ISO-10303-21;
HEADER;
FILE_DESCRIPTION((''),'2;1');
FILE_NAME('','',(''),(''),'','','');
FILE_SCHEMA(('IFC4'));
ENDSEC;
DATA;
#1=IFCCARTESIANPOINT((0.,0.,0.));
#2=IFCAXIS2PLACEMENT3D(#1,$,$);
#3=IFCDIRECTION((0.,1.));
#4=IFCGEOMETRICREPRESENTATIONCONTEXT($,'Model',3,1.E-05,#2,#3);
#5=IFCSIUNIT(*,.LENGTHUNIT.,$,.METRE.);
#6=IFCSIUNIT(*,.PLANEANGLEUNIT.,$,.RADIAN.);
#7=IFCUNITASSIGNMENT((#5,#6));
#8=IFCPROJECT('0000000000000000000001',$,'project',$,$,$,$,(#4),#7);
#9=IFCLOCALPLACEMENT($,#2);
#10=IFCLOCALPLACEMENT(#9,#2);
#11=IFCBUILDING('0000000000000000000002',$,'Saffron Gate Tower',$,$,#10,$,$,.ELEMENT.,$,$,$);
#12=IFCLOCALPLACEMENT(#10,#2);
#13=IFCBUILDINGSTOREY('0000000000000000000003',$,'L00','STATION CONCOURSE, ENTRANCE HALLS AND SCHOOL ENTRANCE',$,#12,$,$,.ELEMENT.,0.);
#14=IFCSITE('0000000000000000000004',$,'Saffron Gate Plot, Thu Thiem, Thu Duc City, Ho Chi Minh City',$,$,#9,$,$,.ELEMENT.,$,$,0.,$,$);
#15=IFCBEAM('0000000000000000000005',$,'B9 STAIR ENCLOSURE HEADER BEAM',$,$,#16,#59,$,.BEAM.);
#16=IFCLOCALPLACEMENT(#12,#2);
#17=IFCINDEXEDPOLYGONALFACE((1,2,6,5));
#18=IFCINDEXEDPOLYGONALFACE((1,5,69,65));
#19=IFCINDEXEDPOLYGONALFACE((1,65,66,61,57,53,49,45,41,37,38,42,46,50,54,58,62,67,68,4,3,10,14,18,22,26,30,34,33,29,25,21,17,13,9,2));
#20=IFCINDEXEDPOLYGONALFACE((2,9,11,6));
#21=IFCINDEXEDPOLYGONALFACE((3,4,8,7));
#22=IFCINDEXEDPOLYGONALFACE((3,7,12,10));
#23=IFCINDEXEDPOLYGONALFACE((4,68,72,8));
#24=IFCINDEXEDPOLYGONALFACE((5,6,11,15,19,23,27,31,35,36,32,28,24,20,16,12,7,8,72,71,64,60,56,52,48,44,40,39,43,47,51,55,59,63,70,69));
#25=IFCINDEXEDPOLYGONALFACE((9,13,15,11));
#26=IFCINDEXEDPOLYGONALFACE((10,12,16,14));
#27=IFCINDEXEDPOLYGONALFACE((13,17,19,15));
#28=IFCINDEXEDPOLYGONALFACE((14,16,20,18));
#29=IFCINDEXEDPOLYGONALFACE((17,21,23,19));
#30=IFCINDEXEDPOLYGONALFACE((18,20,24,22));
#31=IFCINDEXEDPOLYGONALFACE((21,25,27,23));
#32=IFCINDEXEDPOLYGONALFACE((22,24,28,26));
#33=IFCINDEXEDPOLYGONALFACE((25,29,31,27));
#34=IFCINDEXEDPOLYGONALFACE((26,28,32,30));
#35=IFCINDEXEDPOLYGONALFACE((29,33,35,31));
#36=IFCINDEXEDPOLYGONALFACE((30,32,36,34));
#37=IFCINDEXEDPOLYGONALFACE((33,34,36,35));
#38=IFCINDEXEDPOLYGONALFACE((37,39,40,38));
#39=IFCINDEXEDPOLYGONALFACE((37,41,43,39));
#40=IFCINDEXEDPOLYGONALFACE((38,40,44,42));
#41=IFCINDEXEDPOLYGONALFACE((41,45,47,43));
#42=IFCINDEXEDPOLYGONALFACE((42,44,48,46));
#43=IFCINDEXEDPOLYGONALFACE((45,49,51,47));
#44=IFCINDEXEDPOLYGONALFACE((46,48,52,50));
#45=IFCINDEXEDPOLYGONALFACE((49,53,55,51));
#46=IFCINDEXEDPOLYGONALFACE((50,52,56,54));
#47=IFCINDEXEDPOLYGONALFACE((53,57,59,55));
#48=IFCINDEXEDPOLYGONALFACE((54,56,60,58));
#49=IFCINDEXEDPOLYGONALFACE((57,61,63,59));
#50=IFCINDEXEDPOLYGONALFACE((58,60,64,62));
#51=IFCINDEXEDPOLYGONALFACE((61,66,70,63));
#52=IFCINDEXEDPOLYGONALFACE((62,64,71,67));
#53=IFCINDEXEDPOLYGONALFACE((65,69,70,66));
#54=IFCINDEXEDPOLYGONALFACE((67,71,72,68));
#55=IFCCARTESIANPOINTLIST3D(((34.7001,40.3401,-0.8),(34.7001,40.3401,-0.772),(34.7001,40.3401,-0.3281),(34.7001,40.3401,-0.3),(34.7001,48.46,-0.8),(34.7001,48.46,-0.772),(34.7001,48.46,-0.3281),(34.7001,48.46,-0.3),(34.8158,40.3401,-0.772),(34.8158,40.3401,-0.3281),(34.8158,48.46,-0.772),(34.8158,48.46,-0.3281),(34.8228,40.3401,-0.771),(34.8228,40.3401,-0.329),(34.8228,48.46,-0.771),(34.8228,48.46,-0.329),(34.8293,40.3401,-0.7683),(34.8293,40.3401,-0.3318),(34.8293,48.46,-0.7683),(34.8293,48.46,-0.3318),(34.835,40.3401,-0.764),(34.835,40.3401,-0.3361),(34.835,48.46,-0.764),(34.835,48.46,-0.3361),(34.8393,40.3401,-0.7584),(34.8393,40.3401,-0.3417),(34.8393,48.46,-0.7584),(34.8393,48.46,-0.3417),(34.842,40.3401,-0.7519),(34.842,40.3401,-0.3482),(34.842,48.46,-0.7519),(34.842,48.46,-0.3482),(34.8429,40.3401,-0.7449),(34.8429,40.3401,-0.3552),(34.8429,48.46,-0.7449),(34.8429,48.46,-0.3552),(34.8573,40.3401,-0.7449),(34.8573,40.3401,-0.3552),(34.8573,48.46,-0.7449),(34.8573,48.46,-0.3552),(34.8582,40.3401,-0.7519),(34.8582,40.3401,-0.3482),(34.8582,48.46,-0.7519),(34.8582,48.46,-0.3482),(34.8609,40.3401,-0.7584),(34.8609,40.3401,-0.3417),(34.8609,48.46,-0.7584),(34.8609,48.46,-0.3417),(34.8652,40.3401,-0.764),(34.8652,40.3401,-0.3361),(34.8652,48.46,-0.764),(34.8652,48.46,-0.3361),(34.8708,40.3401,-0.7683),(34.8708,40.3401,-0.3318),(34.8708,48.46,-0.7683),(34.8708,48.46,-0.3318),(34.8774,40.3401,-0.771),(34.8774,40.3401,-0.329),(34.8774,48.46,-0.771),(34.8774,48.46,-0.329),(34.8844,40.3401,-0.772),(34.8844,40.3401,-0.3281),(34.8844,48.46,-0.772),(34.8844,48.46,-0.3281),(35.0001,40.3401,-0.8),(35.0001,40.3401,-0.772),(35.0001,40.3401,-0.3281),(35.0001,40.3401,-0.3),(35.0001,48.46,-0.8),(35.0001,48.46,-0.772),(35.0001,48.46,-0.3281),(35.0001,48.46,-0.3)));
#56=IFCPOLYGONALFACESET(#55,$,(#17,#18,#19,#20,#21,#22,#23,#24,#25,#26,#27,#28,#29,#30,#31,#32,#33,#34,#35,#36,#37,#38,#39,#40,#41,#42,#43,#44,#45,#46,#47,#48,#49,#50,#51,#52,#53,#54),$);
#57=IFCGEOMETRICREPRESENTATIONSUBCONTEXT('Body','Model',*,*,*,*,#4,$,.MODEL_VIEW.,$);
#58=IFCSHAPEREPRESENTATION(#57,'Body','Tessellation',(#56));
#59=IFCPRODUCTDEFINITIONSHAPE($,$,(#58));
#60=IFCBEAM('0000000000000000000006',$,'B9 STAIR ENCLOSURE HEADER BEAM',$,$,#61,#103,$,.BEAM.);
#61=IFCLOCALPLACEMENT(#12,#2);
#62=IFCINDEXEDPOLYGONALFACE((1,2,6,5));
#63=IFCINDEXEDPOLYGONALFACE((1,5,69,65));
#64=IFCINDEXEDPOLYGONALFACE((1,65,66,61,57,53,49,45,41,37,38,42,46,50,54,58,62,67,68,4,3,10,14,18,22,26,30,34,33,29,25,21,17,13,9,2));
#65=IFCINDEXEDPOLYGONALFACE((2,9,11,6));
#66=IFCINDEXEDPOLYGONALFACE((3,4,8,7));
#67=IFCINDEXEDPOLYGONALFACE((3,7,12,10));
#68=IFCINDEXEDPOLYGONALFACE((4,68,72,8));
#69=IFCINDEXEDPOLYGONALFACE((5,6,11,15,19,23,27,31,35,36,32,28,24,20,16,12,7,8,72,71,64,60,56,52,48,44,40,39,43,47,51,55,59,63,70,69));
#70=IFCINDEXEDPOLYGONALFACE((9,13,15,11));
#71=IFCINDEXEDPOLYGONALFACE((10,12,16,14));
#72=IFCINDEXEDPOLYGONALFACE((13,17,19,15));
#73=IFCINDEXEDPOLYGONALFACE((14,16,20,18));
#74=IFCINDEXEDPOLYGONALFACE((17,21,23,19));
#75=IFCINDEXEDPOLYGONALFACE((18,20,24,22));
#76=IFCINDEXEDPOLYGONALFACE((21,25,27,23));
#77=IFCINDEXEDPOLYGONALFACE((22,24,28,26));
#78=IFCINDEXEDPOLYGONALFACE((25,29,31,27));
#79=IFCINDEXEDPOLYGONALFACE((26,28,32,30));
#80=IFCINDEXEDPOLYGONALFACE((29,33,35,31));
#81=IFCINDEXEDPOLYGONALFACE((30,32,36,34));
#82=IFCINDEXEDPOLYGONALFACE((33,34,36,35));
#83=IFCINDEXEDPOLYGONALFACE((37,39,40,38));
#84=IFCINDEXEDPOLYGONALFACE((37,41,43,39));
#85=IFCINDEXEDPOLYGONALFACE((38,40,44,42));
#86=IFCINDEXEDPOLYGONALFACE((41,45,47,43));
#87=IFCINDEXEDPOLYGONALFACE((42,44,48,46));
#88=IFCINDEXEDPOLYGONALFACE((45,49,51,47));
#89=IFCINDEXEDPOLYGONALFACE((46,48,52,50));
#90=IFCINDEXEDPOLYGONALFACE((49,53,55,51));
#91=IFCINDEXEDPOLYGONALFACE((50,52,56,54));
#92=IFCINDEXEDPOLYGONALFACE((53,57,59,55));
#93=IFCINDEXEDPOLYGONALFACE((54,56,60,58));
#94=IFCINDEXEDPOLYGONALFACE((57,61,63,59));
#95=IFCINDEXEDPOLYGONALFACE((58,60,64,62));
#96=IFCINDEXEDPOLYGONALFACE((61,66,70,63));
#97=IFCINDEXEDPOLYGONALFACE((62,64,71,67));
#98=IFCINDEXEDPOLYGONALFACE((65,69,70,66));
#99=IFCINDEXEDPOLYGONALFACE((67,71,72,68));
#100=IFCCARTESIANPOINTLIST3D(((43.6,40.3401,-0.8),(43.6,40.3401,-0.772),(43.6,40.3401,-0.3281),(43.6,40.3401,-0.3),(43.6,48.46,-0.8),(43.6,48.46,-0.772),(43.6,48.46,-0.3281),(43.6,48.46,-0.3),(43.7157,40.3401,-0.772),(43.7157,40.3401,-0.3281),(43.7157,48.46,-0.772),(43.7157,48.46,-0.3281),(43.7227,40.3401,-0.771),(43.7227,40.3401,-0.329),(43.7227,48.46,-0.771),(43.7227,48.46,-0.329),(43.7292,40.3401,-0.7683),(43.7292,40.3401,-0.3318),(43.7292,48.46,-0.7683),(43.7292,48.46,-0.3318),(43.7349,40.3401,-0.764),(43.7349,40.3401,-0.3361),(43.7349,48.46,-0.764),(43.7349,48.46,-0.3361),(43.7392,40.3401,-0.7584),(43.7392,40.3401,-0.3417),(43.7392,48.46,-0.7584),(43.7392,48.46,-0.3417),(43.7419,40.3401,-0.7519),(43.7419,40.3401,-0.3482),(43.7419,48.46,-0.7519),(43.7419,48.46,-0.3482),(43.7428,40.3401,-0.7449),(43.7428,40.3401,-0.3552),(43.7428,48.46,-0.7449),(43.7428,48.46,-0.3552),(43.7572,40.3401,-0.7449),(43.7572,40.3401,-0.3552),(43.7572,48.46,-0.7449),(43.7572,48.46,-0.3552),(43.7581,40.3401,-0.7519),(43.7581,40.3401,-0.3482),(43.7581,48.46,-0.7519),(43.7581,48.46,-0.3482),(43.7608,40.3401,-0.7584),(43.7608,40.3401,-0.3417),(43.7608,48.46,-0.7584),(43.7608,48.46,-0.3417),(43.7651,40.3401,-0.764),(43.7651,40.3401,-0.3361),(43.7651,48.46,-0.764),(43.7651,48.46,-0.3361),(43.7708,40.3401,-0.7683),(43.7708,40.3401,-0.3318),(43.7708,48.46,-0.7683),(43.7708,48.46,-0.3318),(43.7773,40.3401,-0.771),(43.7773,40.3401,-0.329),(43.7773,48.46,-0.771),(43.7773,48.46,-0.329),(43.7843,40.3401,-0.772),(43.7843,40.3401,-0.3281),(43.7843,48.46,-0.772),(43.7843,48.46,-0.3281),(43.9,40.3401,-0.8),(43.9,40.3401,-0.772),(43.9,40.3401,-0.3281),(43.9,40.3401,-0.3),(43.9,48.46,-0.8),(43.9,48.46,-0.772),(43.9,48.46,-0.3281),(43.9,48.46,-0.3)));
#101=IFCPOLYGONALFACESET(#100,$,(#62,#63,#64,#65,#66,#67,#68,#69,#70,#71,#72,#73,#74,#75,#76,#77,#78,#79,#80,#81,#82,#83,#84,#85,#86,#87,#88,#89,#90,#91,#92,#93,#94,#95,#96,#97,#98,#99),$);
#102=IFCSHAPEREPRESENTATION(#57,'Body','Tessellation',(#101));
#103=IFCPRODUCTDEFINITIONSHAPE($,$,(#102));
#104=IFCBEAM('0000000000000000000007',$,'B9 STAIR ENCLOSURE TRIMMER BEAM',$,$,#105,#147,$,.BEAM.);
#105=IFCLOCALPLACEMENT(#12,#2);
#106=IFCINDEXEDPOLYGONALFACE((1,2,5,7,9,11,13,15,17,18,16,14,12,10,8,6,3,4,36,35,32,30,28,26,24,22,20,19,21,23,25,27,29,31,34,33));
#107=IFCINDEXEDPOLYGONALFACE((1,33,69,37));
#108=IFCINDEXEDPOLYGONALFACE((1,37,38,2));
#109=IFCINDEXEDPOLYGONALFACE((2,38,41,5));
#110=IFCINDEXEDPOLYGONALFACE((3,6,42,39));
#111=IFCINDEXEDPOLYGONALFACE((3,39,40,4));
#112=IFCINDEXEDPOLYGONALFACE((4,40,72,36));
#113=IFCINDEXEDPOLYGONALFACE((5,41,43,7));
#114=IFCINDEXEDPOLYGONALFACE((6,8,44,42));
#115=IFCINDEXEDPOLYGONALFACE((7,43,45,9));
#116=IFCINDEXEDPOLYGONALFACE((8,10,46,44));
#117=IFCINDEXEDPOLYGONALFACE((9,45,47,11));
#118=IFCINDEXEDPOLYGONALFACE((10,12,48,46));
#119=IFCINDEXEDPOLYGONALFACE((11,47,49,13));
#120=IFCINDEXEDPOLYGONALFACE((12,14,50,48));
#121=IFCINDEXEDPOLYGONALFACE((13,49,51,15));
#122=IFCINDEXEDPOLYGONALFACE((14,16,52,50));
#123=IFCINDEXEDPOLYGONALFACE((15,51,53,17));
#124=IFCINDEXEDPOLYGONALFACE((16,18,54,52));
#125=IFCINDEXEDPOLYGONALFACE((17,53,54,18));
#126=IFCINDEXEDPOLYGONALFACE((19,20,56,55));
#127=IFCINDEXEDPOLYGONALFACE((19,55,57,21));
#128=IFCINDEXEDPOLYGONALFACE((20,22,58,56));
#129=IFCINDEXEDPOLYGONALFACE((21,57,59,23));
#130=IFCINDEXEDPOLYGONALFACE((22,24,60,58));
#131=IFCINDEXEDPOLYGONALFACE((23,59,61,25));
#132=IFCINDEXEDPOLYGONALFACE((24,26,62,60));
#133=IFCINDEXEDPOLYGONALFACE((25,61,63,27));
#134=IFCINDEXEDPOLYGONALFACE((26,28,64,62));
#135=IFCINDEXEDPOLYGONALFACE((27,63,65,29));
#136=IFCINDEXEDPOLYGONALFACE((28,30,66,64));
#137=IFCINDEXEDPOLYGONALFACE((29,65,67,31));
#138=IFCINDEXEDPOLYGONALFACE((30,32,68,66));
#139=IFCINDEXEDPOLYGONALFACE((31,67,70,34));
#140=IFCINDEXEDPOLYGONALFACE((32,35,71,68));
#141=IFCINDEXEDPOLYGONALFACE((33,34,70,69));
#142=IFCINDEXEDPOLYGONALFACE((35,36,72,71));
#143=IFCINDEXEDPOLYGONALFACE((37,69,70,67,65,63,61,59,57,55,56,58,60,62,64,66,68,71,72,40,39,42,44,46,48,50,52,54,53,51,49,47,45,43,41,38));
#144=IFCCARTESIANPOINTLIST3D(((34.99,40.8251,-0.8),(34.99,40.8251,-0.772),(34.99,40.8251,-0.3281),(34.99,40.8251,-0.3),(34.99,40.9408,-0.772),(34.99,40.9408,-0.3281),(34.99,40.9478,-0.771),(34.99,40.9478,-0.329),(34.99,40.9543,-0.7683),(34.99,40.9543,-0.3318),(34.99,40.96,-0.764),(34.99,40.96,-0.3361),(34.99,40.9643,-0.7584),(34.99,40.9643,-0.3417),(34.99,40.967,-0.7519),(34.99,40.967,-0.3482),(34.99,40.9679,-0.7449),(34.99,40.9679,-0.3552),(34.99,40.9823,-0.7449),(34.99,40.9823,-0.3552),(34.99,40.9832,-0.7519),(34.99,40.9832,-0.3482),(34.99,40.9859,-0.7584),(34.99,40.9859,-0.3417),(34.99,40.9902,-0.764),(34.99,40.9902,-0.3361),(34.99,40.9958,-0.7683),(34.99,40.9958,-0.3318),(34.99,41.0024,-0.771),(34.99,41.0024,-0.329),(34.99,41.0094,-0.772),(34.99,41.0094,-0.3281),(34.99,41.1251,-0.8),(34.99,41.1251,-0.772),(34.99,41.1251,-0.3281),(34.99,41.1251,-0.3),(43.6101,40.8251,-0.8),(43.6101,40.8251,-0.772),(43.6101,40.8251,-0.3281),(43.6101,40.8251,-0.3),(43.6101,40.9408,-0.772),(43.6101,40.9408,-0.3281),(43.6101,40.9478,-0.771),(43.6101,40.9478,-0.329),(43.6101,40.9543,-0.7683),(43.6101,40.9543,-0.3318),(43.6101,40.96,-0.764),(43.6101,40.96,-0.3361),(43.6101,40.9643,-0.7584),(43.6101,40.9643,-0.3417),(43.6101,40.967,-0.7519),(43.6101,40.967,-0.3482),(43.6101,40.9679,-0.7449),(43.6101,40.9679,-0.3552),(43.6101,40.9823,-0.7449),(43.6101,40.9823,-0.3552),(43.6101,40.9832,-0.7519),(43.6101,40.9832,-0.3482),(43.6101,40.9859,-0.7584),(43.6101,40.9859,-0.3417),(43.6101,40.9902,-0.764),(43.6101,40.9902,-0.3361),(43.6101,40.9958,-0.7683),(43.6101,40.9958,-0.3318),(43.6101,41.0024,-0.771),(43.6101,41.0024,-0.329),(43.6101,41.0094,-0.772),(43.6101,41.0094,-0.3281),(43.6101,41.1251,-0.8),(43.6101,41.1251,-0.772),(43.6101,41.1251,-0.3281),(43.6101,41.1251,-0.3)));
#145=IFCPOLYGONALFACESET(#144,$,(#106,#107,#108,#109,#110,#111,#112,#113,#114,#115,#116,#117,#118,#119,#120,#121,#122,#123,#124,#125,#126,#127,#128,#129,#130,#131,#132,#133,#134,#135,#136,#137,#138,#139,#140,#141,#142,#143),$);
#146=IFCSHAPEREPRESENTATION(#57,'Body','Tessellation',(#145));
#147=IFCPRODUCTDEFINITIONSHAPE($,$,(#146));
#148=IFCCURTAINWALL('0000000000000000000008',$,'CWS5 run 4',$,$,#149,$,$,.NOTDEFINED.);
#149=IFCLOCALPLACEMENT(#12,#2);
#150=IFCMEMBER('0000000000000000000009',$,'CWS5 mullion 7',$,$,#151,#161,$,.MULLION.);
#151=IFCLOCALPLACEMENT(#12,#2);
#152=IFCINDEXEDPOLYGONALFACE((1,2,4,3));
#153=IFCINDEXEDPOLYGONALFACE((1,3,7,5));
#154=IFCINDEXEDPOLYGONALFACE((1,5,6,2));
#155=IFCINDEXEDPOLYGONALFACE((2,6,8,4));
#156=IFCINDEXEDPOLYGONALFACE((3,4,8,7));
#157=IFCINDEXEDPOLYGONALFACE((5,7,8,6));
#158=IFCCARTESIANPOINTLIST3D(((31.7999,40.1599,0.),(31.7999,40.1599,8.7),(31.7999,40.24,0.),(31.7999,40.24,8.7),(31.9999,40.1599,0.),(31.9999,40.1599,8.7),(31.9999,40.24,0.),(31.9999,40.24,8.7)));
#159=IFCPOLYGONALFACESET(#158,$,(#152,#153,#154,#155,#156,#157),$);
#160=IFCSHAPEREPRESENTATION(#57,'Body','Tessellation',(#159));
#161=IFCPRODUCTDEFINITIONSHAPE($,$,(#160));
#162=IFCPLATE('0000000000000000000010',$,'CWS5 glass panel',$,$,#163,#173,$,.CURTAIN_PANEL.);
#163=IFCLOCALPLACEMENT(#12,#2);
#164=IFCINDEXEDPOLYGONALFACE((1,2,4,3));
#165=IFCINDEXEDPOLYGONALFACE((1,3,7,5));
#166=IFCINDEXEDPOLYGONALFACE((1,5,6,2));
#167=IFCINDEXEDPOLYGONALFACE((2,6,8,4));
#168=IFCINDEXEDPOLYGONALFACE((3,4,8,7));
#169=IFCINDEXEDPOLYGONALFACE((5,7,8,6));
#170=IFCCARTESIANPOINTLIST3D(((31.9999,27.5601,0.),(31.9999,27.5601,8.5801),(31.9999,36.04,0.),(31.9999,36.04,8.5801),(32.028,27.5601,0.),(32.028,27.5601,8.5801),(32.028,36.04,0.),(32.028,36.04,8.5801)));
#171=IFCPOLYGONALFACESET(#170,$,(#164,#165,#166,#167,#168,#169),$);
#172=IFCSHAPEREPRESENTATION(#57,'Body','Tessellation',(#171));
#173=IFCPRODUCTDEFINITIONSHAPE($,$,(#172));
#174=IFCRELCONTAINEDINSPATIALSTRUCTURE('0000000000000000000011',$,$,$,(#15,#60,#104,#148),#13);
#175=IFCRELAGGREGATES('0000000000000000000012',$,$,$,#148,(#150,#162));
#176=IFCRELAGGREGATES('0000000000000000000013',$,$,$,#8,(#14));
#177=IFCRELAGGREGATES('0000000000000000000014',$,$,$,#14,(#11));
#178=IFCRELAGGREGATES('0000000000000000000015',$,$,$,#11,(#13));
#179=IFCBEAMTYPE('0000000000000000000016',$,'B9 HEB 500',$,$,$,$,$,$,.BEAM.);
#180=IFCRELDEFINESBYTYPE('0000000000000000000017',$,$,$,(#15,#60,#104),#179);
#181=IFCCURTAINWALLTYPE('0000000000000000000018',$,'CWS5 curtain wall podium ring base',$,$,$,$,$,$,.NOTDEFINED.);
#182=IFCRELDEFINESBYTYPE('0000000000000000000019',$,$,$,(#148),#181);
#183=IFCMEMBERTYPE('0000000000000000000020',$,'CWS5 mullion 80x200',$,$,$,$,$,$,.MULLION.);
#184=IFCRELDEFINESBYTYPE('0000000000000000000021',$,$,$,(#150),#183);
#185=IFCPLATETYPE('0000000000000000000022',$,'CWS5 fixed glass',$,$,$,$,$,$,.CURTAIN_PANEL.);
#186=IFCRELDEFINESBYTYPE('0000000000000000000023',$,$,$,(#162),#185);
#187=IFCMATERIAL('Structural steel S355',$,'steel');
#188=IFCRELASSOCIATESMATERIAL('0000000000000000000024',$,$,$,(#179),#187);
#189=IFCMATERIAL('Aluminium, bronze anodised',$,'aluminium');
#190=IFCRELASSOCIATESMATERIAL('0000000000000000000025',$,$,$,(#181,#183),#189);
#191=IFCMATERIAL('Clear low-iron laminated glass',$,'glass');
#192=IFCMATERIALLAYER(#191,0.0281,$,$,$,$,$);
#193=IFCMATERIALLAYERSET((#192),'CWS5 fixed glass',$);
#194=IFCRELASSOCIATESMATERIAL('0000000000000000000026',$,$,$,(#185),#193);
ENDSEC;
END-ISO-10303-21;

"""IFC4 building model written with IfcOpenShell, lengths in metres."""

from ifc_helpers import new_model, si_unit, direction, frame, frame_2d, origin, origin_2d, place, context, subcontext, project, spatial, rectangle, i_section, extrude, material, layer, layer_set, material_profile, profile_set, type_object, element, aggregate, save


model = new_model("IFC4")

# Units and contexts
model_context = context("Model", 3, precision=1e-05, world=origin(), true_north=direction((0.0, 1.0)))
body_context = subcontext(model_context, "Body", "Model", "MODEL_VIEW")
ifc_project = project(units=[si_unit("LENGTHUNIT", "METRE"), si_unit("PLANEANGLEUNIT", "RADIAN")], contexts=[model_context])

# Site, building, storey
site_placement = place(None, origin())
site = spatial("IfcSite", under=ifc_project, at=site_placement, Name="Saffron Gate Plot, Thu Thiem, Thu Duc City, Ho Chi Minh City", CompositionType="ELEMENT", RefElevation=0.0)
building_placement = place(site_placement, origin())
building = spatial("IfcBuilding", under=site, at=building_placement, Name="Saffron Gate Tower", CompositionType="ELEMENT")
storey_placement = place(building_placement, origin())
storey = spatial("IfcBuildingStorey", under=building, at=storey_placement, Name="L00", Description="STATION CONCOURSE, ENTRANCE HALLS AND SCHOOL ENTRANCE", CompositionType="ELEMENT", Elevation=0.0)

# Beams
ifc_material_1 = material(Name="Structural steel S355", Category="steel")
ifc_material_profile_1 = material_profile(ifc_material_1, i_section(OverallWidth=0.3, OverallDepth=0.5, WebThickness=0.0144, FlangeThickness=0.0281, FilletRadius=0.0271, at=origin_2d()))
ifc_profile_set_1 = profile_set([ifc_material_profile_1], Name="Structural steel S355")
beam_type_1 = type_object("IfcBeamType", Name="B9 HEB 500", PredefinedType="BEAM", material=ifc_profile_set_1)
for number, where, z_axis, x_axis, name in (
    (1, (34.8501, 40.3401, -0.55), (0.0, 1.0, 0.0), (-1.0, 0.0, 0.0), "B9 STAIR ENCLOSURE HEADER BEAM"),
    (2, (43.75, 40.3401, -0.55), (0.0, 1.0, 0.0), (-1.0, 0.0, 0.0), "B9 STAIR ENCLOSURE HEADER BEAM"),
):
    element("IfcBeam", number, at=place(storey_placement, frame(where, z_axis=z_axis, x_axis=x_axis)), inside=storey, type_object=beam_type_1, Name=name, PredefinedType="BEAM", context=body_context, shape_type="SweptSolid", body=[
        extrude(i_section(OverallWidth=0.3, OverallDepth=0.5, WebThickness=0.0144, FlangeThickness=0.0281, FilletRadius=0.0271, at=origin_2d()), origin(), (0.0, 0.0, 1.0), 8.1199),
    ])
beam_1_placement = place(storey_placement, frame((34.99, 40.9751, -0.55), z_axis=(1.0, 0.0, 0.0), x_axis=(0.0, 1.0, 0.0)))
element("IfcBeam", 3, at=beam_1_placement, inside=storey, type_object=beam_type_1, Name="B9 STAIR ENCLOSURE TRIMMER BEAM", PredefinedType="BEAM", context=body_context, shape_type="SweptSolid", body=[
    extrude(i_section(OverallWidth=0.3, OverallDepth=0.5, WebThickness=0.0144, FlangeThickness=0.0281, FilletRadius=0.0271, at=origin_2d()), origin(), (0.0, 0.0, 1.0), 8.6201),
])

# Curtain wall, member, plate
ifc_material_2 = material(Name="Aluminium, bronze anodised", Category="aluminium")
curtain_wall_type = type_object("IfcCurtainWallType", Name="CWS5 curtain wall podium ring base", PredefinedType="NOTDEFINED", material=ifc_material_2)
curtain_wall_placement = place(storey_placement, origin())
curtain_wall = element("IfcCurtainWall", 4, at=curtain_wall_placement, inside=storey, type_object=curtain_wall_type, Name="CWS5 run 4", PredefinedType="NOTDEFINED")
ifc_material_profile_2 = material_profile(ifc_material_2, rectangle(XDim=0.2, YDim=0.0801, at=origin_2d()))
ifc_profile_set_2 = profile_set([ifc_material_profile_2], Name="Aluminium, bronze anodised")
member_type = type_object("IfcMemberType", Name="CWS5 mullion 80x200", PredefinedType="MULLION", material=ifc_profile_set_2)
member_placement = place(storey_placement, frame((31.8999, 40.2, 0.0), z_axis=(0.0, 0.0, 1.0), x_axis=(1.0, 0.0, 0.0)))
member = element("IfcMember", 5, at=member_placement, type_object=member_type, Name="CWS5 mullion 7", PredefinedType="MULLION", context=body_context, shape_type="SweptSolid", body=[
    extrude(rectangle(XDim=0.2, YDim=0.0801, at=origin_2d()), origin(), (0.0, 0.0, 1.0), 8.7),
])
ifc_material_3 = material(Name="Clear low-iron laminated glass", Category="glass")
ifc_layer_1 = layer(ifc_material_3, 0.0281)
ifc_layer_set_1 = layer_set([ifc_layer_1], Name="CWS5 fixed glass")
plate_type_1 = type_object("IfcPlateType", Name="CWS5 fixed glass", PredefinedType="CURTAIN_PANEL", material=ifc_layer_set_1)
plate_1_placement = place(storey_placement, frame((32.0139, 36.04, 0.0), z_axis=(0.0, 0.0, 1.0), x_axis=(0.0, -1.0, 0.0)))
plate_1 = element("IfcPlate", 6, at=plate_1_placement, type_object=plate_type_1, Name="CWS5 glass panel", PredefinedType="CURTAIN_PANEL", context=body_context, shape_type="SweptSolid", body=[
    extrude(rectangle(XDim=8.48, YDim=0.0281, at=frame_2d((4.24, 0.0))), origin(), (0.0, 0.0, 1.0), 8.5801),
])
aggregate(curtain_wall, [member, plate_1])

save(model, "model.ifc")
